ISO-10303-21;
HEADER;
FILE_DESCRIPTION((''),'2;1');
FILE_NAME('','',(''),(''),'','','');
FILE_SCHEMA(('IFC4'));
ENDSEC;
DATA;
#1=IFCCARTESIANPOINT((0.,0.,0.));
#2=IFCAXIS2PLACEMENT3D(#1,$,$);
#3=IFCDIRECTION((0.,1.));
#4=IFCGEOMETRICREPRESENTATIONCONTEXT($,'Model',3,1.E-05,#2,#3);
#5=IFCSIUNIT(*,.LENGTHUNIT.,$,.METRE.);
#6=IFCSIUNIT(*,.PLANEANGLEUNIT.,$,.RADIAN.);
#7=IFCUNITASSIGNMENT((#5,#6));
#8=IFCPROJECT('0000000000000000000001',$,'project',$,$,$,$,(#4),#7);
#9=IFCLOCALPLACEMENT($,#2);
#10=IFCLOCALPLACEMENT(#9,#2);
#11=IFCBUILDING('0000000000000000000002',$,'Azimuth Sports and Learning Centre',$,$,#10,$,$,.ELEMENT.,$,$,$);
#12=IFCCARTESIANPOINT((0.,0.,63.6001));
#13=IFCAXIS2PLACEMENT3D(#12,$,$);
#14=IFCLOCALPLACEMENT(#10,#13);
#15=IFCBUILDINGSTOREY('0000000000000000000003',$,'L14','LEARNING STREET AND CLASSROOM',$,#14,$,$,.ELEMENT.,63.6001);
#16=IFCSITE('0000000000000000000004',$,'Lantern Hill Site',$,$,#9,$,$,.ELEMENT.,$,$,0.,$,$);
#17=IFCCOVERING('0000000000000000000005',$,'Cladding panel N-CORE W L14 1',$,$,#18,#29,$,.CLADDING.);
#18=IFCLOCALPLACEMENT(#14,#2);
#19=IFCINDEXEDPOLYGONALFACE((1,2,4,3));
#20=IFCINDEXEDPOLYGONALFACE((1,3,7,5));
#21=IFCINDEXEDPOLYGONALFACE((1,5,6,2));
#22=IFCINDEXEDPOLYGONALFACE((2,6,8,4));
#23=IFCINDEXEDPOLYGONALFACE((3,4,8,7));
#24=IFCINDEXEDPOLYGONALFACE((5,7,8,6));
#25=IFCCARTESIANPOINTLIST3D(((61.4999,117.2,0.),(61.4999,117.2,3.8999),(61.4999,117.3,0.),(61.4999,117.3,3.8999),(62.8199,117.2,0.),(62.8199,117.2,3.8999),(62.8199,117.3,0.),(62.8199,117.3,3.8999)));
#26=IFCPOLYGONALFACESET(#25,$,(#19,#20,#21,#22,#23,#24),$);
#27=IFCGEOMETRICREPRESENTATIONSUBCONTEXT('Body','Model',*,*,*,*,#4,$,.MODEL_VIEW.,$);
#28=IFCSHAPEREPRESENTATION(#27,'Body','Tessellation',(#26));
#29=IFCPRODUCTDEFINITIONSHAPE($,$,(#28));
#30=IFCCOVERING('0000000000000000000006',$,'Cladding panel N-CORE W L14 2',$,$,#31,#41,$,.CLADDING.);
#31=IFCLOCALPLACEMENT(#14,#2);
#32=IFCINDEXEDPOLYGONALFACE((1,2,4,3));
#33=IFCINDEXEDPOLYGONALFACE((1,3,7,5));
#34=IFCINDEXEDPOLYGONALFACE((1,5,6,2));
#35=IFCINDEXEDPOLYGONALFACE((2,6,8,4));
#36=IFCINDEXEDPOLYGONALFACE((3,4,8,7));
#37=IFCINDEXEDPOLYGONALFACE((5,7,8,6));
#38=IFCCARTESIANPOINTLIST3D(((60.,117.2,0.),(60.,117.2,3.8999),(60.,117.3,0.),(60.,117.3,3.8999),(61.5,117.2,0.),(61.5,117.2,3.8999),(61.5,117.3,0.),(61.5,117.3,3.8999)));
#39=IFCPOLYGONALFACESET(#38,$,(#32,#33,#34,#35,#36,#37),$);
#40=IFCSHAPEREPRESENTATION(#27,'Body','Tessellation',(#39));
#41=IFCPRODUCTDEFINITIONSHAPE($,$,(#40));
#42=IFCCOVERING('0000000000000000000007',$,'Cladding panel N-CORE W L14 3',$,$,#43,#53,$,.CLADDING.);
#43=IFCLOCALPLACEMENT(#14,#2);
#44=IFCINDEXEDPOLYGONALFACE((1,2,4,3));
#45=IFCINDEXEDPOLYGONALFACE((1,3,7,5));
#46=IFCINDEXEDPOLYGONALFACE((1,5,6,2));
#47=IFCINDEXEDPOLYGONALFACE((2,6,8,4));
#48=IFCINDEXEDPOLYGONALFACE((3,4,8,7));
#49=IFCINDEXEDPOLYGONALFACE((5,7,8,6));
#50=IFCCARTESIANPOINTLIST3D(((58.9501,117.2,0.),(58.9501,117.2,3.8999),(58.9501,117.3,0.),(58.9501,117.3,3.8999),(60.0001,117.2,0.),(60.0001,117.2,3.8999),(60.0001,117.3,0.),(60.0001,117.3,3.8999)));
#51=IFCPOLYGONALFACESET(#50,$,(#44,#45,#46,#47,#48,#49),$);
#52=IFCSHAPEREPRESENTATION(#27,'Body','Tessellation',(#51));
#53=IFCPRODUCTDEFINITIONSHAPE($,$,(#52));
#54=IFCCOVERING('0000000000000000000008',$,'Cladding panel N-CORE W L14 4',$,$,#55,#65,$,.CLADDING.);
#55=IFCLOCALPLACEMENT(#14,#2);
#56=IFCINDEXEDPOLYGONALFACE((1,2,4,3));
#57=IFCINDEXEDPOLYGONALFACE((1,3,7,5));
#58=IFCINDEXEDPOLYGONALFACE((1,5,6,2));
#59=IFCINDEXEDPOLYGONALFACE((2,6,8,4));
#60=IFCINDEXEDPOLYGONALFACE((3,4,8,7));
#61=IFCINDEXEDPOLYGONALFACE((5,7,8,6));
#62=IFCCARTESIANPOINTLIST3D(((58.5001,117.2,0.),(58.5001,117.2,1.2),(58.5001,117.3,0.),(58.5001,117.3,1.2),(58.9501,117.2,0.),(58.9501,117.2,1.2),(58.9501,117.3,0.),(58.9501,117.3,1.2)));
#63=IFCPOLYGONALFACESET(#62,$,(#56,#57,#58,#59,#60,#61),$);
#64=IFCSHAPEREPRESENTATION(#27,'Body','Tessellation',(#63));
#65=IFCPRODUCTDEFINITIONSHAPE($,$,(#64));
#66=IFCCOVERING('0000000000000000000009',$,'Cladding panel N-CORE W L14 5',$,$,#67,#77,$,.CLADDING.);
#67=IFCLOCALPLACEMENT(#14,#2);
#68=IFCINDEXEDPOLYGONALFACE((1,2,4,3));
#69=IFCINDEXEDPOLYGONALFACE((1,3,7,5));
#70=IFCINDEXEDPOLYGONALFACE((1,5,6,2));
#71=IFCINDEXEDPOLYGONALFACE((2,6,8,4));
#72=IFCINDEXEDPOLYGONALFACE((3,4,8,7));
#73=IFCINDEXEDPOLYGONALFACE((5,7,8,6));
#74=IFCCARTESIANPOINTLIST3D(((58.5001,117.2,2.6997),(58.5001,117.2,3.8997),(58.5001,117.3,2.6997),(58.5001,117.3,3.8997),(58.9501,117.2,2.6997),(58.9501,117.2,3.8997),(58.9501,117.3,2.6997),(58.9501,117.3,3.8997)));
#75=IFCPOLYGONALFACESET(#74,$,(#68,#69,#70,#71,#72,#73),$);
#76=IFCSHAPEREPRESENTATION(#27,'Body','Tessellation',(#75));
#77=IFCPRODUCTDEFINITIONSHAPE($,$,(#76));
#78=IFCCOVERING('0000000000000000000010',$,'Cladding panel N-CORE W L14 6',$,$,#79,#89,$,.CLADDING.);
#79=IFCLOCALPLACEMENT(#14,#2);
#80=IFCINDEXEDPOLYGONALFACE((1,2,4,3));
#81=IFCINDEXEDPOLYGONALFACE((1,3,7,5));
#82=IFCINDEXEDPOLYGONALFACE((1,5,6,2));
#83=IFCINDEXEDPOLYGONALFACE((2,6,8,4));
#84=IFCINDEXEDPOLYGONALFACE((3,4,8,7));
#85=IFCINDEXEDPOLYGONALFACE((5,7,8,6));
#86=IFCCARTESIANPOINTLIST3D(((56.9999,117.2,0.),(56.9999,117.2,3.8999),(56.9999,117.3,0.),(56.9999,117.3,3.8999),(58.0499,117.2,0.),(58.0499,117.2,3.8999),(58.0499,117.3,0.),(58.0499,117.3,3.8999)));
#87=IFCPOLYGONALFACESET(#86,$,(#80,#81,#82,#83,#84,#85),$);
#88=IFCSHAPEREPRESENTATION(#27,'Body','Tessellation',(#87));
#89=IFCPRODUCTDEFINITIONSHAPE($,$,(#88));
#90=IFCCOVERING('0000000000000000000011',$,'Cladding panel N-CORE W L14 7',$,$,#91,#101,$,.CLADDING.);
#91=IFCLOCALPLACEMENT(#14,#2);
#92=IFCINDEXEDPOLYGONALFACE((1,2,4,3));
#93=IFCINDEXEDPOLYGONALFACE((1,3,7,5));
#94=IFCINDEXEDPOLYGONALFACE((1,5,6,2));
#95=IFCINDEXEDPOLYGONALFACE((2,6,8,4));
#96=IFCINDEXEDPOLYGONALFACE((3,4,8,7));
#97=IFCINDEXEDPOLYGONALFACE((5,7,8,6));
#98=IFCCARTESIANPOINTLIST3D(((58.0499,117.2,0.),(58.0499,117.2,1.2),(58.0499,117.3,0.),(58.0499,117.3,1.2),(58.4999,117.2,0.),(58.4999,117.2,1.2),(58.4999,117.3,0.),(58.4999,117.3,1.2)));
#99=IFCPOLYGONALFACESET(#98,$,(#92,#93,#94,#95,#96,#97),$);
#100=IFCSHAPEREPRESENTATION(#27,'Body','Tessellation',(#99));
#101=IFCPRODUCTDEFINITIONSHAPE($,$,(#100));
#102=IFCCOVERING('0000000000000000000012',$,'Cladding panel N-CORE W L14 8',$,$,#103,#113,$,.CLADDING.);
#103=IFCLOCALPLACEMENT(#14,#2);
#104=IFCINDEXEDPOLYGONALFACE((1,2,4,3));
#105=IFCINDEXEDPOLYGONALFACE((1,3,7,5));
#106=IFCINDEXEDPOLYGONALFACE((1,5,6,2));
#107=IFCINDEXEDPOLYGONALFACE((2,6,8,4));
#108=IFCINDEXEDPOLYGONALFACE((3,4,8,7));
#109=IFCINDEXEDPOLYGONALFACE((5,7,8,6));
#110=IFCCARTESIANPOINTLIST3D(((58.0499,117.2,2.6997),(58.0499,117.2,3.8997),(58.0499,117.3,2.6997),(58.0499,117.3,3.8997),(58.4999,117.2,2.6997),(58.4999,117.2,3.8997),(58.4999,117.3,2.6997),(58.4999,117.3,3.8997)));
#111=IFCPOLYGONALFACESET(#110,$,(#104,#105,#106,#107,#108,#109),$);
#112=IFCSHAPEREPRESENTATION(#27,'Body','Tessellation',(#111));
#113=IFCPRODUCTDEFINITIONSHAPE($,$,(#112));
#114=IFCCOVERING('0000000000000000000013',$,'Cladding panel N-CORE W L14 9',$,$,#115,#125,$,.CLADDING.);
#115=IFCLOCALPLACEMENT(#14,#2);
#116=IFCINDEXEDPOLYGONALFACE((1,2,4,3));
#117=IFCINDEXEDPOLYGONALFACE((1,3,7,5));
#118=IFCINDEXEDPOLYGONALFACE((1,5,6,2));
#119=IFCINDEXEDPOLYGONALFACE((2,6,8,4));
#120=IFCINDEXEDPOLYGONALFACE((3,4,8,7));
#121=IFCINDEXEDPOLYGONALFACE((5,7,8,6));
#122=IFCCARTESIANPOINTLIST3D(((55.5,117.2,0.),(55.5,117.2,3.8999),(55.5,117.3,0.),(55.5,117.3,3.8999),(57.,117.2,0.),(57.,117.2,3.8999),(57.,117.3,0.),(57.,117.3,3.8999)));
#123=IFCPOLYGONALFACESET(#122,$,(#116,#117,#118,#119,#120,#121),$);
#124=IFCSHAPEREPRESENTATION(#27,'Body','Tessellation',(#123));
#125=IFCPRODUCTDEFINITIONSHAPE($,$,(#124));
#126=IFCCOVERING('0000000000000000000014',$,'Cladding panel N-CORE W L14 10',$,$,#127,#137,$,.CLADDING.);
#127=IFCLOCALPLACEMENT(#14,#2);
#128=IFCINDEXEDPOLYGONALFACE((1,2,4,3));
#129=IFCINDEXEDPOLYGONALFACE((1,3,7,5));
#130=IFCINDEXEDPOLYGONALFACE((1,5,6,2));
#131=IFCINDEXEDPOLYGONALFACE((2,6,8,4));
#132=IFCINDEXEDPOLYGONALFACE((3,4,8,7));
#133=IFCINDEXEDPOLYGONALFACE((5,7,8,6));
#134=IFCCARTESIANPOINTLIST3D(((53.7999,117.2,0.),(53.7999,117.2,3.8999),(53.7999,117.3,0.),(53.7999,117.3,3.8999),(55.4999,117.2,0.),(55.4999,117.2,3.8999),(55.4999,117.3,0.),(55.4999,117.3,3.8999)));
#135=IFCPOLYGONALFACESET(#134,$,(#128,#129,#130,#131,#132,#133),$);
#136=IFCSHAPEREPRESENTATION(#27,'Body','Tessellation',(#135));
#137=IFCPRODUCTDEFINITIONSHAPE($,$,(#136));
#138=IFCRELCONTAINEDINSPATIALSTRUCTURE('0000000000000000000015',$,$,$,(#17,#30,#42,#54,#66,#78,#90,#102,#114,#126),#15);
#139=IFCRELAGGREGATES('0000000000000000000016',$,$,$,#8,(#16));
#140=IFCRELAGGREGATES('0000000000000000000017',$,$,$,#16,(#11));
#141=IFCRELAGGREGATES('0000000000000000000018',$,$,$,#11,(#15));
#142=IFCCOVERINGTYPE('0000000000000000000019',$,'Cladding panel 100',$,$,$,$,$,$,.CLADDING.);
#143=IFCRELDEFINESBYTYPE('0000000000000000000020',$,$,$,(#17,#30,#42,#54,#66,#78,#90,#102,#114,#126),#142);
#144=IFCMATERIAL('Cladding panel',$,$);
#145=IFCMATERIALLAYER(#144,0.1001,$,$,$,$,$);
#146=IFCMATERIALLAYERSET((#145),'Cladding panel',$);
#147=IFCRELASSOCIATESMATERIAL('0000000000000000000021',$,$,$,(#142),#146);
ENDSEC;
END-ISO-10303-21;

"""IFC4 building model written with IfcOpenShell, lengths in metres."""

from ifc_helpers import new_model, si_unit, direction, frame, origin, origin_2d, place, context, subcontext, project, spatial, rectangle, extrude, material, layer, layer_set, type_object, element, save


model = new_model("IFC4")

# Units and contexts
model_context = context("Model", 3, precision=1e-05, world=origin(), true_north=direction((0.0, 1.0)))
body_context = subcontext(model_context, "Body", "Model", "MODEL_VIEW")
ifc_project = project(units=[si_unit("LENGTHUNIT", "METRE"), si_unit("PLANEANGLEUNIT", "RADIAN")], contexts=[model_context])

# Site, building, storey
site_placement = place(None, origin())
site = spatial("IfcSite", under=ifc_project, at=site_placement, Name="Lantern Hill Site", CompositionType="ELEMENT", RefElevation=0.0)
building_placement = place(site_placement, origin())
building = spatial("IfcBuilding", under=site, at=building_placement, Name="Azimuth Sports and Learning Centre", CompositionType="ELEMENT")
storey_placement = place(building_placement, frame((0.0, 0.0, 63.6001)))
storey = spatial("IfcBuildingStorey", under=building, at=storey_placement, Name="L14", Description="LEARNING STREET AND CLASSROOM", CompositionType="ELEMENT", Elevation=63.6001)

# Coverings
ifc_material_1 = material(Name="Cladding panel")
ifc_layer_1 = layer(ifc_material_1, 0.1001)
ifc_layer_set_1 = layer_set([ifc_layer_1], Name="Cladding panel")
covering_type = type_object("IfcCoveringType", Name="Cladding panel 100", PredefinedType="CLADDING", material=ifc_layer_set_1)
covering_1_placement = place(storey_placement, frame((62.1599, 117.25, 0.0), z_axis=(0.0, 0.0, 1.0), x_axis=(-1.0, 0.0, 0.0)))
element("IfcCovering", 1, at=covering_1_placement, inside=storey, type_object=covering_type, Name="Cladding panel N-CORE W L14 1", PredefinedType="CLADDING", context=body_context, shape_type="SweptSolid", body=[
    extrude(rectangle(XDim=1.3201, YDim=0.1001, at=origin_2d()), origin(), (0.0, 0.0, 1.0), 3.8999),
])
covering_2_placement = place(storey_placement, frame((60.75, 117.25, 0.0), z_axis=(0.0, 0.0, 1.0), x_axis=(-1.0, 0.0, 0.0)))
element("IfcCovering", 2, at=covering_2_placement, inside=storey, type_object=covering_type, Name="Cladding panel N-CORE W L14 2", PredefinedType="CLADDING", context=body_context, shape_type="SweptSolid", body=[
    extrude(rectangle(XDim=1.5, YDim=0.1001, at=origin_2d()), origin(), (0.0, 0.0, 1.0), 3.8999),
])
covering_3_placement = place(storey_placement, frame((59.4751, 117.25, 0.0), z_axis=(0.0, 0.0, 1.0), x_axis=(-1.0, 0.0, 0.0)))
element("IfcCovering", 3, at=covering_3_placement, inside=storey, type_object=covering_type, Name="Cladding panel N-CORE W L14 3", PredefinedType="CLADDING", context=body_context, shape_type="SweptSolid", body=[
    extrude(rectangle(XDim=1.05, YDim=0.1001, at=origin_2d()), origin(), (0.0, 0.0, 1.0), 3.8999),
])
for number, where, z_axis, x_axis, name in (
    (4, (58.7251, 117.25, 0.0), (0.0, 0.0, 1.0), (-1.0, 0.0, 0.0), "Cladding panel N-CORE W L14 4"),
    (5, (58.7251, 117.25, 2.6997), (0.0, 0.0, 1.0), (-1.0, 0.0, 0.0), "Cladding panel N-CORE W L14 5"),
):
    element("IfcCovering", number, at=place(storey_placement, frame(where, z_axis=z_axis, x_axis=x_axis)), inside=storey, type_object=covering_type, Name=name, PredefinedType="CLADDING", context=body_context, shape_type="SweptSolid", body=[
        extrude(rectangle(XDim=0.45, YDim=0.1001, at=origin_2d()), origin(), (0.0, 0.0, 1.0), 1.2),
    ])
covering_4_placement = place(storey_placement, frame((57.5249, 117.25, 0.0), z_axis=(0.0, 0.0, 1.0), x_axis=(-1.0, 0.0, 0.0)))
element("IfcCovering", 6, at=covering_4_placement, inside=storey, type_object=covering_type, Name="Cladding panel N-CORE W L14 6", PredefinedType="CLADDING", context=body_context, shape_type="SweptSolid", body=[
    extrude(rectangle(XDim=1.05, YDim=0.1001, at=origin_2d()), origin(), (0.0, 0.0, 1.0), 3.8999),
])
for number, where, z_axis, x_axis, name in (
    (7, (58.2749, 117.25, 0.0), (0.0, 0.0, 1.0), (-1.0, 0.0, 0.0), "Cladding panel N-CORE W L14 7"),
    (8, (58.2749, 117.25, 2.6997), (0.0, 0.0, 1.0), (-1.0, 0.0, 0.0), "Cladding panel N-CORE W L14 8"),
):
    element("IfcCovering", number, at=place(storey_placement, frame(where, z_axis=z_axis, x_axis=x_axis)), inside=storey, type_object=covering_type, Name=name, PredefinedType="CLADDING", context=body_context, shape_type="SweptSolid", body=[
        extrude(rectangle(XDim=0.45, YDim=0.1001, at=origin_2d()), origin(), (0.0, 0.0, 1.0), 1.2),
    ])
covering_5_placement = place(storey_placement, frame((56.25, 117.25, 0.0), z_axis=(0.0, 0.0, 1.0), x_axis=(-1.0, 0.0, 0.0)))
element("IfcCovering", 9, at=covering_5_placement, inside=storey, type_object=covering_type, Name="Cladding panel N-CORE W L14 9", PredefinedType="CLADDING", context=body_context, shape_type="SweptSolid", body=[
    extrude(rectangle(XDim=1.5, YDim=0.1001, at=origin_2d()), origin(), (0.0, 0.0, 1.0), 3.8999),
])
covering_6_placement = place(storey_placement, frame((54.6499, 117.25, 0.0), z_axis=(0.0, 0.0, 1.0), x_axis=(-1.0, 0.0, 0.0)))
element("IfcCovering", 10, at=covering_6_placement, inside=storey, type_object=covering_type, Name="Cladding panel N-CORE W L14 10", PredefinedType="CLADDING", context=body_context, shape_type="SweptSolid", body=[
    extrude(rectangle(XDim=1.7, YDim=0.1001, at=origin_2d()), origin(), (0.0, 0.0, 1.0), 3.8999),
])

save(model, "model.ifc")
